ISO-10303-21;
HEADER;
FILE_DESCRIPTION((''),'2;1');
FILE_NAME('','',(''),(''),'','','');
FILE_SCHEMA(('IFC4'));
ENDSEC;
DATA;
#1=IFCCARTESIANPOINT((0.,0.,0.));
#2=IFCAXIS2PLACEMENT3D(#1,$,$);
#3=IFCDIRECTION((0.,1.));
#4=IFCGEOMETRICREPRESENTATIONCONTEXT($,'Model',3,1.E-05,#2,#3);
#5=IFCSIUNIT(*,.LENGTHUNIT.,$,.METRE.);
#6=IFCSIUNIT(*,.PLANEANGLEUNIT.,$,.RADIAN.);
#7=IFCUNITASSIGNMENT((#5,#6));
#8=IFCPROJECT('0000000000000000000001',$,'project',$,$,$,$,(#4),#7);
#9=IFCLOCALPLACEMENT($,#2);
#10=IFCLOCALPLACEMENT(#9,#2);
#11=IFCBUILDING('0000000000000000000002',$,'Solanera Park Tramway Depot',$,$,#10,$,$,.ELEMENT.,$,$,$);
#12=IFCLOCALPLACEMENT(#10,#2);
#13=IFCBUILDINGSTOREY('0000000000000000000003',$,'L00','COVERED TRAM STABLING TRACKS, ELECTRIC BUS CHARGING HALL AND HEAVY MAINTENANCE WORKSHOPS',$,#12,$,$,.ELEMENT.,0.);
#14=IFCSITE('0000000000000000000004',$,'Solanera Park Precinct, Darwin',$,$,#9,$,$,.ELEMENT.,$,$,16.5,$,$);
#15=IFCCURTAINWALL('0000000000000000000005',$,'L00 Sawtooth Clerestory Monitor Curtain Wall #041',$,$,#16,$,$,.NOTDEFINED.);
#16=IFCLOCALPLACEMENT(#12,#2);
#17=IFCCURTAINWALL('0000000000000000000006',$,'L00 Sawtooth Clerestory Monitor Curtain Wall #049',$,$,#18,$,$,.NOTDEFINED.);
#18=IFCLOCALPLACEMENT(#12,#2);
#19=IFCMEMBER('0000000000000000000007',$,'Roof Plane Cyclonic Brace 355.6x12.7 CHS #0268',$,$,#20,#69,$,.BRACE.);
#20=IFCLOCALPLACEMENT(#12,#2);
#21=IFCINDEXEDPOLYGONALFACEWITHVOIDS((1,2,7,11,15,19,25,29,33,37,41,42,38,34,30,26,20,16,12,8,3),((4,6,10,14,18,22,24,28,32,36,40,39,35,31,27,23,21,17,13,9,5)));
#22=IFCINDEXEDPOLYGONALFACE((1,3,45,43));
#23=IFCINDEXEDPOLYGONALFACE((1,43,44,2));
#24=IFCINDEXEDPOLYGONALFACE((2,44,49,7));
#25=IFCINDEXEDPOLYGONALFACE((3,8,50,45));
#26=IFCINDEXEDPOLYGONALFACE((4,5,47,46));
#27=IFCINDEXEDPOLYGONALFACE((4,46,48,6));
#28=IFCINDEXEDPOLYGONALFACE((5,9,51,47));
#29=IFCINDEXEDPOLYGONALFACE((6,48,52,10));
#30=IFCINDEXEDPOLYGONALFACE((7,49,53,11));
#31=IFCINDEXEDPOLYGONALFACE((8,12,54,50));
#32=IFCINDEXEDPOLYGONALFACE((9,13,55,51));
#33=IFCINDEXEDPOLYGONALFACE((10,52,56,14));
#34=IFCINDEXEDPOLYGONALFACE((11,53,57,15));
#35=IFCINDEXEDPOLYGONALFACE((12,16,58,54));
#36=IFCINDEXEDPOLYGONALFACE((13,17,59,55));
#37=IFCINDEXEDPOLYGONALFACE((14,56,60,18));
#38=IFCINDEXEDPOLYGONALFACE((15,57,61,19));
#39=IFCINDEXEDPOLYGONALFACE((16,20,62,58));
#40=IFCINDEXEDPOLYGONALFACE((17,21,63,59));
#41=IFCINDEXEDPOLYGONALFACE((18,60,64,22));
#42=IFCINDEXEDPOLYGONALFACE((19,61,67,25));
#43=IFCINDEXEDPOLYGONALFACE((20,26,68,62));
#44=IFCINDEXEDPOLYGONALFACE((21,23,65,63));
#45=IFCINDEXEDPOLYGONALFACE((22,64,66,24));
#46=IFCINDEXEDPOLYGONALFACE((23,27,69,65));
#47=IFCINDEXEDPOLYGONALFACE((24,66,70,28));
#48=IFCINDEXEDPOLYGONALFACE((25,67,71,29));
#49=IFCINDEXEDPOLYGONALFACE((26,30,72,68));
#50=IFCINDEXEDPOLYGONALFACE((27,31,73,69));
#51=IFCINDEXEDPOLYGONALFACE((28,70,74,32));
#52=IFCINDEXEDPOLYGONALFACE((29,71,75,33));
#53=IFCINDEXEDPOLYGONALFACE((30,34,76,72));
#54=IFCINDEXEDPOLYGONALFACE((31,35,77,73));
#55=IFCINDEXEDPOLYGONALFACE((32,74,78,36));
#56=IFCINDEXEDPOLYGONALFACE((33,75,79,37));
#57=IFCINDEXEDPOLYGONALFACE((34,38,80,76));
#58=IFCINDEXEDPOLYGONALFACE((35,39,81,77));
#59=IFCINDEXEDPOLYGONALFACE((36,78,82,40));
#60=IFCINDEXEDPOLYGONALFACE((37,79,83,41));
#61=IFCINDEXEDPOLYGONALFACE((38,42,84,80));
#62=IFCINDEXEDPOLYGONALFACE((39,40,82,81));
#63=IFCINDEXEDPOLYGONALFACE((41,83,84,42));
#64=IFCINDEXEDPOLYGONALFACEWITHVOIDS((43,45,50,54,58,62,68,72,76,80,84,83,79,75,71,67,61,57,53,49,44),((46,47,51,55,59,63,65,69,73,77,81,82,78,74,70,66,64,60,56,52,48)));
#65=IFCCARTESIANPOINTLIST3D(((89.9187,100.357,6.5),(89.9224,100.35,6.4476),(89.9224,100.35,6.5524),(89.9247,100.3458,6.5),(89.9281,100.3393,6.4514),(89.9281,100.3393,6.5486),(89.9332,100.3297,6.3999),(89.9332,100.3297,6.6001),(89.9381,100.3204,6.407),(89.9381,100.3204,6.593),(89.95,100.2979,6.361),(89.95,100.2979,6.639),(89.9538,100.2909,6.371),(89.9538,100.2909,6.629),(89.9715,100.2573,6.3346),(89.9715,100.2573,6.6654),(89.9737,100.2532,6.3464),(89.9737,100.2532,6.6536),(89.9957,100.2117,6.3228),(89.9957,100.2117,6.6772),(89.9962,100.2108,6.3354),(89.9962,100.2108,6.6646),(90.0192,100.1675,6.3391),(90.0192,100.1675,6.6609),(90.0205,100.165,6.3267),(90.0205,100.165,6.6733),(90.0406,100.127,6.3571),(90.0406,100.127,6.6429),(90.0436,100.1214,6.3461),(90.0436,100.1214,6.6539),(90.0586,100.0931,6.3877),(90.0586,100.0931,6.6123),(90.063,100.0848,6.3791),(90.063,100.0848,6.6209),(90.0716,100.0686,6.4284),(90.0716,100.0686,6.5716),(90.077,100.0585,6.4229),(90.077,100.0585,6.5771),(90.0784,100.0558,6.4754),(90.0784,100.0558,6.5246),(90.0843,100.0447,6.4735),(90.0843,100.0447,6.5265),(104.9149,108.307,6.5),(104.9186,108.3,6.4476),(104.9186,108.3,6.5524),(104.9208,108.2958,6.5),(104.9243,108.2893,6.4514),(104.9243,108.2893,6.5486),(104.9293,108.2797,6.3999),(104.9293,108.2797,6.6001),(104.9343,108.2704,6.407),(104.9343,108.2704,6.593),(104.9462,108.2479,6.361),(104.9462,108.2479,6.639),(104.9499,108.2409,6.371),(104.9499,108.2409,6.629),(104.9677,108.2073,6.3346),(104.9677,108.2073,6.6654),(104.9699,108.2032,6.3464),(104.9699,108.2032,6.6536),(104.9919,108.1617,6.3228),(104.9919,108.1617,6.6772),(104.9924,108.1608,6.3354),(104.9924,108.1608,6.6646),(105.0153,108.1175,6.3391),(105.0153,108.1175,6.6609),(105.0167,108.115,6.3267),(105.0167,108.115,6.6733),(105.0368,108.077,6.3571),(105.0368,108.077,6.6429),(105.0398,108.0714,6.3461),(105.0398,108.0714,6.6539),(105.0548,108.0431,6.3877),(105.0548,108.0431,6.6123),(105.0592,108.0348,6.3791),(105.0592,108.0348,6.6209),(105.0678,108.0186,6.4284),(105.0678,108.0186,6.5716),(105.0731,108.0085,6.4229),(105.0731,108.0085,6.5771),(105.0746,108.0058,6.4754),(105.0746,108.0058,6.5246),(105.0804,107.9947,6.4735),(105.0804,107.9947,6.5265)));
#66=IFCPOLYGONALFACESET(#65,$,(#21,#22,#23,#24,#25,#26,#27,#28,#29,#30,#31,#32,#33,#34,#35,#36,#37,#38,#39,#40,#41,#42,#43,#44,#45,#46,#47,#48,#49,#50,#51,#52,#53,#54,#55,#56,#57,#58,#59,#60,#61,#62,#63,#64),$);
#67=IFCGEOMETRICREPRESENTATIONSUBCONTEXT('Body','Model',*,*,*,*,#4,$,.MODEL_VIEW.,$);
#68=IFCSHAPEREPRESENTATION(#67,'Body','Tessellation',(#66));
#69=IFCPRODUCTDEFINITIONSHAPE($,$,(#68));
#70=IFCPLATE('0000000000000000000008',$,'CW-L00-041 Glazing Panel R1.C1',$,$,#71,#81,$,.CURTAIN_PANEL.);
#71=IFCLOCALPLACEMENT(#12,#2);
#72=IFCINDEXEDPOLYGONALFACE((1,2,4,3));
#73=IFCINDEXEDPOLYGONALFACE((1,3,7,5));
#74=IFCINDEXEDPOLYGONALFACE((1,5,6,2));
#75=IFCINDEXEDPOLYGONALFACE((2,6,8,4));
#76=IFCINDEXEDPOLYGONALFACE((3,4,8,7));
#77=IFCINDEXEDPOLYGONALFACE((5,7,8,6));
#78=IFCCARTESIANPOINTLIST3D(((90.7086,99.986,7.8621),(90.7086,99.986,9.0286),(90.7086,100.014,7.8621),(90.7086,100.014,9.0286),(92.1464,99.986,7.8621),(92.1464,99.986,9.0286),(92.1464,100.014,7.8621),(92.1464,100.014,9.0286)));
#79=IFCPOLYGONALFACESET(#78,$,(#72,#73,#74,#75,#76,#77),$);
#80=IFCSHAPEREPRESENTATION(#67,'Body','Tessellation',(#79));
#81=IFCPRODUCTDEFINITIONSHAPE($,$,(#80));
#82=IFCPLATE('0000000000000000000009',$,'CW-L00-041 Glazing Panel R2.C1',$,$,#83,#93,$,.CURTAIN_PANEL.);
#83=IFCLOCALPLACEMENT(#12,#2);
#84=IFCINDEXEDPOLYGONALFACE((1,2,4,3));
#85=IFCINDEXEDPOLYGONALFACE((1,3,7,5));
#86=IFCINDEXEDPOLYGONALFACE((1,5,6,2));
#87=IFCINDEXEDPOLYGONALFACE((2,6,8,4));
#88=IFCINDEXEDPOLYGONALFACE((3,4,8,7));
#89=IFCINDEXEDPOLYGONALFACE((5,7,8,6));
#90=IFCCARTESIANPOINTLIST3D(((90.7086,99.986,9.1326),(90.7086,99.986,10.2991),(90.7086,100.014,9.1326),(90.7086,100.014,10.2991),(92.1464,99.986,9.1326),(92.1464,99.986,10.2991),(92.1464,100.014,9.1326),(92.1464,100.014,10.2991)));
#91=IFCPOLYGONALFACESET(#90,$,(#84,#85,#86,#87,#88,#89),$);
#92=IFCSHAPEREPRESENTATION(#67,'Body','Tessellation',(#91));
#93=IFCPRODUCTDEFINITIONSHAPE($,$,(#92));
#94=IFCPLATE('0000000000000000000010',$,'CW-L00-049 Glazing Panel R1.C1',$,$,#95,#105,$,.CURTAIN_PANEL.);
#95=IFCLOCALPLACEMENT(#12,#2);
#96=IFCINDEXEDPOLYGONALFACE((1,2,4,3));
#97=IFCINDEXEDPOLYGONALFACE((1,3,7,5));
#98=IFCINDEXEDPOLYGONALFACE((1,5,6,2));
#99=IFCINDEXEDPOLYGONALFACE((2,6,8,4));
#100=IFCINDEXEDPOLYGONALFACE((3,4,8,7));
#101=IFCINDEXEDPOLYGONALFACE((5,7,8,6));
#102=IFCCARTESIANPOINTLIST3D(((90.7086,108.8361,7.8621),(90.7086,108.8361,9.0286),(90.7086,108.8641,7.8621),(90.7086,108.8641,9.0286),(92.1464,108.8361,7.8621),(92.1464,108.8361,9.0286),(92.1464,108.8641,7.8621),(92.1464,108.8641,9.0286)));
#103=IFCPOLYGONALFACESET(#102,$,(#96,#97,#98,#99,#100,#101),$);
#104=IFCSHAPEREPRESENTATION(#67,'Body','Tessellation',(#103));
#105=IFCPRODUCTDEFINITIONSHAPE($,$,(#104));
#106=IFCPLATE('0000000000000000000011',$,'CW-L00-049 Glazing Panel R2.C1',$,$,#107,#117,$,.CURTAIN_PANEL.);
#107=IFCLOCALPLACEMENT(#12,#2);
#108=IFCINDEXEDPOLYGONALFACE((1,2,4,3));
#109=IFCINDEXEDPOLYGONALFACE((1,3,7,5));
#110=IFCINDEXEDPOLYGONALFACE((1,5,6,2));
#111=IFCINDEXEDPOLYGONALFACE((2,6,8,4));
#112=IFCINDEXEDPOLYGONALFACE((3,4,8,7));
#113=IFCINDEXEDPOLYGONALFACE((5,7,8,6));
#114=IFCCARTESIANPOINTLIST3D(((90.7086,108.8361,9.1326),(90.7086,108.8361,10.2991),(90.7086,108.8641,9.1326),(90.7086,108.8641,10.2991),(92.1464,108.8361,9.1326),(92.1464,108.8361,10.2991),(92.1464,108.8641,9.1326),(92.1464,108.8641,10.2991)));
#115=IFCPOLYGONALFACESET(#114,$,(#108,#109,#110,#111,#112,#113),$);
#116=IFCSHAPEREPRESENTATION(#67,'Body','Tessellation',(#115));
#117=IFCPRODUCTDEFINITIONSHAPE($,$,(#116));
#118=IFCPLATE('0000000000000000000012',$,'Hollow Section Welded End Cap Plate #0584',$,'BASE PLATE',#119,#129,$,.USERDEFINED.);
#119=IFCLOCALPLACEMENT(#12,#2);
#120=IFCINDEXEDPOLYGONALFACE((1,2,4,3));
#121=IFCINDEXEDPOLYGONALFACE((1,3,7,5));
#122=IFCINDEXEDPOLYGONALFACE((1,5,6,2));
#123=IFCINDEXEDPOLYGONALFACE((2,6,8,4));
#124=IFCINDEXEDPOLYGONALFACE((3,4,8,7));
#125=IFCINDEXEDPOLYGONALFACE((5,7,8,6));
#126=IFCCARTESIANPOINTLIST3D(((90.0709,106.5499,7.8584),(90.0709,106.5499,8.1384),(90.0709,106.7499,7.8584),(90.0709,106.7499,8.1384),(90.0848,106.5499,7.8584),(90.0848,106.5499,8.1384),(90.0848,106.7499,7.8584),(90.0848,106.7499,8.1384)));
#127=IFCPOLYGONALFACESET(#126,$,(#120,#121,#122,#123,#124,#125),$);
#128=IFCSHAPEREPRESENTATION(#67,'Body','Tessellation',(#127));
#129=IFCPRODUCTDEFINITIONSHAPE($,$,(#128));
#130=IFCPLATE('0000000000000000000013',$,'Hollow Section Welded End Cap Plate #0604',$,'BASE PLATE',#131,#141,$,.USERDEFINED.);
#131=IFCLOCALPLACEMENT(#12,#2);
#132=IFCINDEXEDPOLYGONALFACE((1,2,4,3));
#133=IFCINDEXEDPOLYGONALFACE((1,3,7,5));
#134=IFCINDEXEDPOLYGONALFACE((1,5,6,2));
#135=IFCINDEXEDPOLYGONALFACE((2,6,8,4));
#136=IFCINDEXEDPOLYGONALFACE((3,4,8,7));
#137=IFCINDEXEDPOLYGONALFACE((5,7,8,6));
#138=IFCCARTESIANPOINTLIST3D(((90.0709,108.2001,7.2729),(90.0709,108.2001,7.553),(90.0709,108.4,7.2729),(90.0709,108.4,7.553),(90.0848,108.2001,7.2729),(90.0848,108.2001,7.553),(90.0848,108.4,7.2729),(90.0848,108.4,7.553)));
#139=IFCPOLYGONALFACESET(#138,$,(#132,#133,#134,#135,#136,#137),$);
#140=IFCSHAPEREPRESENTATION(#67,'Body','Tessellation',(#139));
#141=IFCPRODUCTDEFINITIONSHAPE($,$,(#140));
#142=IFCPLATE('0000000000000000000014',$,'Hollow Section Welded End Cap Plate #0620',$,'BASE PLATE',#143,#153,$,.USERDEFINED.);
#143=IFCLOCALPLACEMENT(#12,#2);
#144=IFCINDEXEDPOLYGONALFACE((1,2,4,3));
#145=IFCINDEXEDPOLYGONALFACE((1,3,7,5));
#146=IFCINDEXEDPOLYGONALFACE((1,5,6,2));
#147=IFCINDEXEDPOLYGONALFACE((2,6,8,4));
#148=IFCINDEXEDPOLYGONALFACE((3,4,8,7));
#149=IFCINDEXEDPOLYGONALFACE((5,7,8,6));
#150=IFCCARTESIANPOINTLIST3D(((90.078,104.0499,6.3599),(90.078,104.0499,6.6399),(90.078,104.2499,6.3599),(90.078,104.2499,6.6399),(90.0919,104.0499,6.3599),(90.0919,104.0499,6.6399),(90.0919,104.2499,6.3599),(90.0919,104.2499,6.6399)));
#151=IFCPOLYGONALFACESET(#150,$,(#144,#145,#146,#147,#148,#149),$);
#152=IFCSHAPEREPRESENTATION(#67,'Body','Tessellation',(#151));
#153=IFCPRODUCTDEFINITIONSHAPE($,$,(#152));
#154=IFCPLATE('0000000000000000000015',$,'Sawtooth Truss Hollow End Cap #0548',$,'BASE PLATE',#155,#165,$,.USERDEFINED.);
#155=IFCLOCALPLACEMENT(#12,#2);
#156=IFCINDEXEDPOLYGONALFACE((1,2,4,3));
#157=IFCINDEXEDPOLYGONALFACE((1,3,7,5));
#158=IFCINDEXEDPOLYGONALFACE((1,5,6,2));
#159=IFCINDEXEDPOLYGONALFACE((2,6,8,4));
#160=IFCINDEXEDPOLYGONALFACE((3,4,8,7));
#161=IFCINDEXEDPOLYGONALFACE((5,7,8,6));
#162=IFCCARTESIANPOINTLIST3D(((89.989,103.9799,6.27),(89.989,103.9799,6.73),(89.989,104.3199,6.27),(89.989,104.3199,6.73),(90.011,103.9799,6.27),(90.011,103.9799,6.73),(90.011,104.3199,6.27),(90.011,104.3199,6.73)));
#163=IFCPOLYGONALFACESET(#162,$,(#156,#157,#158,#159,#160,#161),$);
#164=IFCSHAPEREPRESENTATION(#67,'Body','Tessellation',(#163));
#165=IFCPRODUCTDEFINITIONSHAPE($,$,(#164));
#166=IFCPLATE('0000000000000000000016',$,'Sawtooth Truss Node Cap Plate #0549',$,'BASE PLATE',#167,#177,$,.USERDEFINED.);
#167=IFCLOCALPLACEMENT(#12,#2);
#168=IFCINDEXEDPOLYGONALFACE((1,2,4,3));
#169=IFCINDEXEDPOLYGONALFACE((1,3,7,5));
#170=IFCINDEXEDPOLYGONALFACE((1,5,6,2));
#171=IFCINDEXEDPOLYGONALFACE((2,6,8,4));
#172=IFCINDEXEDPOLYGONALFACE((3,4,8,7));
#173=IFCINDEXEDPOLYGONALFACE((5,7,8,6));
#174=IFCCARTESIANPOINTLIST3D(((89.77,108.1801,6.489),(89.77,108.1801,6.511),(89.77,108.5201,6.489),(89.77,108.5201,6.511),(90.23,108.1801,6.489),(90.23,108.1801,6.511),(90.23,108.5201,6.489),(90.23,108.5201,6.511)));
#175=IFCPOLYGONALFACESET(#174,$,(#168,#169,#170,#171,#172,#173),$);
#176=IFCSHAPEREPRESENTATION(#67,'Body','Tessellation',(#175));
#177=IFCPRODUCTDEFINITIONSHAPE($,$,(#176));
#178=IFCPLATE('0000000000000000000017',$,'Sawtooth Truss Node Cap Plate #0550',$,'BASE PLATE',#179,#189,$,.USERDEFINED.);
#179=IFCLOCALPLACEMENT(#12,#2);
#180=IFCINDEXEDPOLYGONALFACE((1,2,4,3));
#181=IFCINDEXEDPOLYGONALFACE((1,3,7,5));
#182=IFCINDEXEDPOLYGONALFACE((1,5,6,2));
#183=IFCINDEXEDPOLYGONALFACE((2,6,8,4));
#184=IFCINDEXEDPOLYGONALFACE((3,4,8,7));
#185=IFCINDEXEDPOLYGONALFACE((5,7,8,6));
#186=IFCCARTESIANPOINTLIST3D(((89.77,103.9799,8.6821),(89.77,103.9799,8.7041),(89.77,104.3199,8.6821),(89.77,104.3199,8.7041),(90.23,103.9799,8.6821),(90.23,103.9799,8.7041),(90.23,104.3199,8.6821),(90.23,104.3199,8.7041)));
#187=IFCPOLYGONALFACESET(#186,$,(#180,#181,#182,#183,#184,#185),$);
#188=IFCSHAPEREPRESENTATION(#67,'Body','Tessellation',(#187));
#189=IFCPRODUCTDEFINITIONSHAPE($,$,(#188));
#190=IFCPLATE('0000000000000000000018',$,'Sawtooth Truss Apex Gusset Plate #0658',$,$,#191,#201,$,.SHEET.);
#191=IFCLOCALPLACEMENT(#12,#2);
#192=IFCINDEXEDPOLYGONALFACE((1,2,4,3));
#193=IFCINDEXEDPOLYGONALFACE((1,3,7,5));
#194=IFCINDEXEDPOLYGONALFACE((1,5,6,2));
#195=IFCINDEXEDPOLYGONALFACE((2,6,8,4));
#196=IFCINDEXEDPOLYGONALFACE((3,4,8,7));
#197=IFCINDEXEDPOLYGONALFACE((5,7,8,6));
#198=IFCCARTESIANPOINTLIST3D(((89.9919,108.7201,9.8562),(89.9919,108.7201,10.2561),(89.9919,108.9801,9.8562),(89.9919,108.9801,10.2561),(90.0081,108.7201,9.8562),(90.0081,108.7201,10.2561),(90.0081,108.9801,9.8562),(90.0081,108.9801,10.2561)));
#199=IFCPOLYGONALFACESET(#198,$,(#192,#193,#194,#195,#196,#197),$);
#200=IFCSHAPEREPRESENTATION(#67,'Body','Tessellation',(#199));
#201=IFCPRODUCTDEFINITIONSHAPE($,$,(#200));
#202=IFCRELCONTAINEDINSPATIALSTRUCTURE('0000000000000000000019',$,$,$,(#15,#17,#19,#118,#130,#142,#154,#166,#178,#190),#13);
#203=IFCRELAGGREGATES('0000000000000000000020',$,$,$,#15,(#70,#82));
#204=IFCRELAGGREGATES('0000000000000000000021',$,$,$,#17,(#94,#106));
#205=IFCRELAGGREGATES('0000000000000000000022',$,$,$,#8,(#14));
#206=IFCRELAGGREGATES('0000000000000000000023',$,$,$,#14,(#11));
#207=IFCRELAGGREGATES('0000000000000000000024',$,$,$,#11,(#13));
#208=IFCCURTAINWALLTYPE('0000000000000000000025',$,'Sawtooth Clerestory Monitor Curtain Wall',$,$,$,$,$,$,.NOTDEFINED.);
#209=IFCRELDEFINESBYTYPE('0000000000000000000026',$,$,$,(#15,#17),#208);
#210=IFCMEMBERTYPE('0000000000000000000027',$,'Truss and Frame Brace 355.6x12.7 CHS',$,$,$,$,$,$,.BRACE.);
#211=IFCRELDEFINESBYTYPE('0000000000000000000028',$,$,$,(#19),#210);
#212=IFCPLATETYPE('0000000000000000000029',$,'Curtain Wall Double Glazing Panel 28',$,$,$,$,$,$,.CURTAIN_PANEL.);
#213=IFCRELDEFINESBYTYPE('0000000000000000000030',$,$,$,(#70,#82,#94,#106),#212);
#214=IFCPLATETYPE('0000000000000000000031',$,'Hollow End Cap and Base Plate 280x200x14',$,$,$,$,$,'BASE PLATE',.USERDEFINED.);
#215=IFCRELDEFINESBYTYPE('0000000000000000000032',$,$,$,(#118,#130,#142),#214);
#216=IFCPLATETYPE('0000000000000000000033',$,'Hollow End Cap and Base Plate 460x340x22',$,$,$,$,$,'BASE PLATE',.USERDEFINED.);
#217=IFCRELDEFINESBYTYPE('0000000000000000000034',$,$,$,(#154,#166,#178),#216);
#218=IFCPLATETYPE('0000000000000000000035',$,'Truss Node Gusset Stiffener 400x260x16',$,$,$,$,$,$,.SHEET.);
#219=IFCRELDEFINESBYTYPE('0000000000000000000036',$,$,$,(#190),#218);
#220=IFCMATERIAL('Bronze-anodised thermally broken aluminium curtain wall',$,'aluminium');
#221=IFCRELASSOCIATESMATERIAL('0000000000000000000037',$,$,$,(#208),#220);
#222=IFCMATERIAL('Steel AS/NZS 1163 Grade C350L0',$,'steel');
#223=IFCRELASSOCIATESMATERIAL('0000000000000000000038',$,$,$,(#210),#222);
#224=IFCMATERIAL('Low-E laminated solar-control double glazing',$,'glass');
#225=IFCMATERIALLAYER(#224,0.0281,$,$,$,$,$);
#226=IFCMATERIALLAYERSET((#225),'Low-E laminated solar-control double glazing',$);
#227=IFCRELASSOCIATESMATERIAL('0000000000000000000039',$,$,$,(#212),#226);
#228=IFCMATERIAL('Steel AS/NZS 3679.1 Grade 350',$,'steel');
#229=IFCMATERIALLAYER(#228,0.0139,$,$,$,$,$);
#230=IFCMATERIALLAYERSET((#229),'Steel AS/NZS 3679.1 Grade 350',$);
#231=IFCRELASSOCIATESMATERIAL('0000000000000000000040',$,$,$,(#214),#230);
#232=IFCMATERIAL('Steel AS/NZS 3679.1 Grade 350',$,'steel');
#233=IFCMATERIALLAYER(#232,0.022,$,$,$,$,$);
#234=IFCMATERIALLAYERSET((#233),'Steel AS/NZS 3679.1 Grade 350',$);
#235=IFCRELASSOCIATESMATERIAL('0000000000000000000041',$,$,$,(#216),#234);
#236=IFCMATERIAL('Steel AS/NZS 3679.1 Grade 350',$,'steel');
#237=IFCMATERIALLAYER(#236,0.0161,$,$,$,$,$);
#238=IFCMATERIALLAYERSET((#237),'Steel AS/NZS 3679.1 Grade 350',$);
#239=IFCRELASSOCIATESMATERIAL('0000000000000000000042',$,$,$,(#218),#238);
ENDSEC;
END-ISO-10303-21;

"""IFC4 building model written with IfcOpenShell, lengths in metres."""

from ifc_helpers import new_model, si_unit, direction, frame, origin, origin_2d, place, context, subcontext, project, spatial, rectangle, hollow_circle, extrude, material, layer, layer_set, material_profile, profile_set, type_object, element, aggregate, save


model = new_model("IFC4")

# Units and contexts
model_context = context("Model", 3, precision=1e-05, world=origin(), true_north=direction((0.0, 1.0)))
body_context = subcontext(model_context, "Body", "Model", "MODEL_VIEW")
ifc_project = project(units=[si_unit("LENGTHUNIT", "METRE"), si_unit("PLANEANGLEUNIT", "RADIAN")], contexts=[model_context])

# Site, building, storey
site_placement = place(None, origin())
site = spatial("IfcSite", under=ifc_project, at=site_placement, Name="Solanera Park Precinct, Darwin", CompositionType="ELEMENT", RefElevation=16.5)
building_placement = place(site_placement, origin())
building = spatial("IfcBuilding", under=site, at=building_placement, Name="Solanera Park Tramway Depot", CompositionType="ELEMENT")
storey_placement = place(building_placement, origin())
storey = spatial("IfcBuildingStorey", under=building, at=storey_placement, Name="L00", Description="COVERED TRAM STABLING TRACKS, ELECTRIC BUS CHARGING HALL AND HEAVY MAINTENANCE WORKSHOPS", CompositionType="ELEMENT", Elevation=0.0)

# Curtain walls
ifc_material_1 = material(Name="Bronze-anodised thermally broken aluminium curtain wall", Category="aluminium")
curtain_wall_type = type_object("IfcCurtainWallType", Name="Sawtooth Clerestory Monitor Curtain Wall", PredefinedType="NOTDEFINED", material=ifc_material_1)
curtain_wall_1_placement = place(storey_placement, origin())
curtain_wall_1 = element("IfcCurtainWall", 1, at=curtain_wall_1_placement, inside=storey, type_object=curtain_wall_type, Name="L00 Sawtooth Clerestory Monitor Curtain Wall #041", PredefinedType="NOTDEFINED")
curtain_wall_2_placement = place(storey_placement, origin())
curtain_wall_2 = element("IfcCurtainWall", 2, at=curtain_wall_2_placement, inside=storey, type_object=curtain_wall_type, Name="L00 Sawtooth Clerestory Monitor Curtain Wall #049", PredefinedType="NOTDEFINED")

# Member
ifc_material_2 = material(Name="Steel AS/NZS 1163 Grade C350L0", Category="steel")
ifc_material_profile_1 = material_profile(ifc_material_2, hollow_circle(Radius=0.1777, WallThickness=0.0127, at=origin_2d()), Name="355.6x12.7 CHS")
ifc_profile_set_1 = profile_set([ifc_material_profile_1], Name="Steel AS/NZS 1163 Grade C350L0")
member_type_1 = type_object("IfcMemberType", Name="Truss and Frame Brace 355.6x12.7 CHS", PredefinedType="BRACE", material=ifc_profile_set_1)
member_1_placement = place(storey_placement, frame((90.002, 100.2, 6.5), z_axis=(0.883524, 0.468387, 0.0), x_axis=(-0.468387, 0.883524, 0.0)))
element("IfcMember", 3, at=member_1_placement, inside=storey, type_object=member_type_1, Name="Roof Plane Cyclonic Brace 355.6x12.7 CHS #0268", PredefinedType="BRACE", context=body_context, shape_type="SweptSolid", body=[
    extrude(hollow_circle(Radius=0.1777, WallThickness=0.0127, at=origin_2d()), origin(), (0.0, 0.0, 1.0), 16.9731),
])

# Plates
ifc_material_3 = material(Name="Low-E laminated solar-control double glazing", Category="glass")
ifc_layer_1 = layer(ifc_material_3, 0.0281)
ifc_layer_set_1 = layer_set([ifc_layer_1], Name="Low-E laminated solar-control double glazing")
plate_type_1 = type_object("IfcPlateType", Name="Curtain Wall Double Glazing Panel 28", PredefinedType="CURTAIN_PANEL", material=ifc_layer_set_1)
plate_1_placement = place(storey_placement, frame((91.4275, 100.0, 7.8621), z_axis=(0.0, 0.0, 1.0), x_axis=(1.0, 0.0, 0.0)))
plate_1 = element("IfcPlate", 4, at=plate_1_placement, type_object=plate_type_1, Name="CW-L00-041 Glazing Panel R1.C1", PredefinedType="CURTAIN_PANEL", context=body_context, shape_type="SweptSolid", body=[
    extrude(rectangle(XDim=1.4377, YDim=0.0281, at=origin_2d()), origin(), (0.0, 0.0, 1.0), 1.1665),
])
plate_2_placement = place(storey_placement, frame((91.4275, 100.0, 9.1326), z_axis=(0.0, 0.0, 1.0), x_axis=(1.0, 0.0, 0.0)))
plate_2 = element("IfcPlate", 5, at=plate_2_placement, type_object=plate_type_1, Name="CW-L00-041 Glazing Panel R2.C1", PredefinedType="CURTAIN_PANEL", context=body_context, shape_type="SweptSolid", body=[
    extrude(rectangle(XDim=1.4377, YDim=0.0281, at=origin_2d()), origin(), (0.0, 0.0, 1.0), 1.1665),
])
aggregate(curtain_wall_1, [plate_1, plate_2])
plate_3_placement = place(storey_placement, frame((91.4275, 108.8501, 7.8621), z_axis=(0.0, 0.0, 1.0), x_axis=(1.0, 0.0, 0.0)))
plate_3 = element("IfcPlate", 6, at=plate_3_placement, type_object=plate_type_1, Name="CW-L00-049 Glazing Panel R1.C1", PredefinedType="CURTAIN_PANEL", context=body_context, shape_type="SweptSolid", body=[
    extrude(rectangle(XDim=1.4377, YDim=0.0281, at=origin_2d()), origin(), (0.0, 0.0, 1.0), 1.1665),
])
plate_4_placement = place(storey_placement, frame((91.4275, 108.8501, 9.1326), z_axis=(0.0, 0.0, 1.0), x_axis=(1.0, 0.0, 0.0)))
plate_4 = element("IfcPlate", 7, at=plate_4_placement, type_object=plate_type_1, Name="CW-L00-049 Glazing Panel R2.C1", PredefinedType="CURTAIN_PANEL", context=body_context, shape_type="SweptSolid", body=[
    extrude(rectangle(XDim=1.4377, YDim=0.0281, at=origin_2d()), origin(), (0.0, 0.0, 1.0), 1.1665),
])
aggregate(curtain_wall_2, [plate_3, plate_4])

# Plates
ifc_material_4 = material(Name="Steel AS/NZS 3679.1 Grade 350", Category="steel")
ifc_layer_2 = layer(ifc_material_4, 0.0139)
ifc_layer_set_2 = layer_set([ifc_layer_2], Name="Steel AS/NZS 3679.1 Grade 350")
plate_type_2 = type_object("IfcPlateType", Name="Hollow End Cap and Base Plate 280x200x14", ElementType="BASE PLATE", PredefinedType="USERDEFINED", material=ifc_layer_set_2)
for number, where, z_axis, x_axis, name in (
    (8, (90.0779, 106.6499, 7.8584), (0.0, 0.0, 1.0), (1.0, 0.0, 0.0), "Hollow Section Welded End Cap Plate #0584"),
    (9, (90.0779, 108.3, 7.2729), (0.0, 0.0, 1.0), (1.0, 0.0, 0.0), "Hollow Section Welded End Cap Plate #0604"),
    (10, (90.085, 104.1499, 6.3599), (0.0, 0.0, 1.0), (1.0, 0.0, 0.0), "Hollow Section Welded End Cap Plate #0620"),
):
    element("IfcPlate", number, at=place(storey_placement, frame(where, z_axis=z_axis, x_axis=x_axis)), inside=storey, type_object=plate_type_2, Name=name, ObjectType="BASE PLATE", PredefinedType="USERDEFINED", context=body_context, shape_type="SweptSolid", body=[
        extrude(rectangle(XDim=0.0139, YDim=0.2, at=origin_2d()), origin(), (0.0, 0.0, 1.0), 0.28),
    ])
ifc_material_5 = material(Name="Steel AS/NZS 3679.1 Grade 350", Category="steel")
ifc_layer_3 = layer(ifc_material_5, 0.022)
ifc_layer_set_3 = layer_set([ifc_layer_3], Name="Steel AS/NZS 3679.1 Grade 350")
plate_type_3 = type_object("IfcPlateType", Name="Hollow End Cap and Base Plate 460x340x22", ElementType="BASE PLATE", PredefinedType="USERDEFINED", material=ifc_layer_set_3)
plate_5_placement = place(storey_placement, frame((90.0, 104.1499, 6.27), z_axis=(0.0, 0.0, 1.0), x_axis=(1.0, 0.0, 0.0)))
element("IfcPlate", 11, at=plate_5_placement, inside=storey, type_object=plate_type_3, Name="Sawtooth Truss Hollow End Cap #0548", ObjectType="BASE PLATE", PredefinedType="USERDEFINED", context=body_context, shape_type="SweptSolid", body=[
    extrude(rectangle(XDim=0.022, YDim=0.3401, at=origin_2d()), origin(), (0.0, 0.0, 1.0), 0.46),
])
for number, where, z_axis, x_axis, name in (
    (12, (90.0, 108.3501, 6.489), (0.0, 0.0, 1.0), (1.0, 0.0, 0.0), "Sawtooth Truss Node Cap Plate #0549"),
    (13, (90.0, 104.1499, 8.6821), (0.0, 0.0, 1.0), (1.0, 0.0, 0.0), "Sawtooth Truss Node Cap Plate #0550"),
):
    element("IfcPlate", number, at=place(storey_placement, frame(where, z_axis=z_axis, x_axis=x_axis)), inside=storey, type_object=plate_type_3, Name=name, ObjectType="BASE PLATE", PredefinedType="USERDEFINED", context=body_context, shape_type="SweptSolid", body=[
        extrude(rectangle(XDim=0.46, YDim=0.3401, at=origin_2d()), origin(), (0.0, 0.0, 1.0), 0.022),
    ])
ifc_material_6 = material(Name="Steel AS/NZS 3679.1 Grade 350", Category="steel")
ifc_layer_4 = layer(ifc_material_6, 0.0161)
ifc_layer_set_4 = layer_set([ifc_layer_4], Name="Steel AS/NZS 3679.1 Grade 350")
plate_type_4 = type_object("IfcPlateType", Name="Truss Node Gusset Stiffener 400x260x16", PredefinedType="SHEET", material=ifc_layer_set_4)
plate_6_placement = place(storey_placement, frame((90.0, 108.8501, 9.8562), z_axis=(0.0, 0.0, 1.0), x_axis=(1.0, 0.0, 0.0)))
element("IfcPlate", 14, at=plate_6_placement, inside=storey, type_object=plate_type_4, Name="Sawtooth Truss Apex Gusset Plate #0658", PredefinedType="SHEET", context=body_context, shape_type="SweptSolid", body=[
    extrude(rectangle(XDim=0.0161, YDim=0.26, at=origin_2d()), origin(), (0.0, 0.0, 1.0), 0.3999),
])

save(model, "model.ifc")
